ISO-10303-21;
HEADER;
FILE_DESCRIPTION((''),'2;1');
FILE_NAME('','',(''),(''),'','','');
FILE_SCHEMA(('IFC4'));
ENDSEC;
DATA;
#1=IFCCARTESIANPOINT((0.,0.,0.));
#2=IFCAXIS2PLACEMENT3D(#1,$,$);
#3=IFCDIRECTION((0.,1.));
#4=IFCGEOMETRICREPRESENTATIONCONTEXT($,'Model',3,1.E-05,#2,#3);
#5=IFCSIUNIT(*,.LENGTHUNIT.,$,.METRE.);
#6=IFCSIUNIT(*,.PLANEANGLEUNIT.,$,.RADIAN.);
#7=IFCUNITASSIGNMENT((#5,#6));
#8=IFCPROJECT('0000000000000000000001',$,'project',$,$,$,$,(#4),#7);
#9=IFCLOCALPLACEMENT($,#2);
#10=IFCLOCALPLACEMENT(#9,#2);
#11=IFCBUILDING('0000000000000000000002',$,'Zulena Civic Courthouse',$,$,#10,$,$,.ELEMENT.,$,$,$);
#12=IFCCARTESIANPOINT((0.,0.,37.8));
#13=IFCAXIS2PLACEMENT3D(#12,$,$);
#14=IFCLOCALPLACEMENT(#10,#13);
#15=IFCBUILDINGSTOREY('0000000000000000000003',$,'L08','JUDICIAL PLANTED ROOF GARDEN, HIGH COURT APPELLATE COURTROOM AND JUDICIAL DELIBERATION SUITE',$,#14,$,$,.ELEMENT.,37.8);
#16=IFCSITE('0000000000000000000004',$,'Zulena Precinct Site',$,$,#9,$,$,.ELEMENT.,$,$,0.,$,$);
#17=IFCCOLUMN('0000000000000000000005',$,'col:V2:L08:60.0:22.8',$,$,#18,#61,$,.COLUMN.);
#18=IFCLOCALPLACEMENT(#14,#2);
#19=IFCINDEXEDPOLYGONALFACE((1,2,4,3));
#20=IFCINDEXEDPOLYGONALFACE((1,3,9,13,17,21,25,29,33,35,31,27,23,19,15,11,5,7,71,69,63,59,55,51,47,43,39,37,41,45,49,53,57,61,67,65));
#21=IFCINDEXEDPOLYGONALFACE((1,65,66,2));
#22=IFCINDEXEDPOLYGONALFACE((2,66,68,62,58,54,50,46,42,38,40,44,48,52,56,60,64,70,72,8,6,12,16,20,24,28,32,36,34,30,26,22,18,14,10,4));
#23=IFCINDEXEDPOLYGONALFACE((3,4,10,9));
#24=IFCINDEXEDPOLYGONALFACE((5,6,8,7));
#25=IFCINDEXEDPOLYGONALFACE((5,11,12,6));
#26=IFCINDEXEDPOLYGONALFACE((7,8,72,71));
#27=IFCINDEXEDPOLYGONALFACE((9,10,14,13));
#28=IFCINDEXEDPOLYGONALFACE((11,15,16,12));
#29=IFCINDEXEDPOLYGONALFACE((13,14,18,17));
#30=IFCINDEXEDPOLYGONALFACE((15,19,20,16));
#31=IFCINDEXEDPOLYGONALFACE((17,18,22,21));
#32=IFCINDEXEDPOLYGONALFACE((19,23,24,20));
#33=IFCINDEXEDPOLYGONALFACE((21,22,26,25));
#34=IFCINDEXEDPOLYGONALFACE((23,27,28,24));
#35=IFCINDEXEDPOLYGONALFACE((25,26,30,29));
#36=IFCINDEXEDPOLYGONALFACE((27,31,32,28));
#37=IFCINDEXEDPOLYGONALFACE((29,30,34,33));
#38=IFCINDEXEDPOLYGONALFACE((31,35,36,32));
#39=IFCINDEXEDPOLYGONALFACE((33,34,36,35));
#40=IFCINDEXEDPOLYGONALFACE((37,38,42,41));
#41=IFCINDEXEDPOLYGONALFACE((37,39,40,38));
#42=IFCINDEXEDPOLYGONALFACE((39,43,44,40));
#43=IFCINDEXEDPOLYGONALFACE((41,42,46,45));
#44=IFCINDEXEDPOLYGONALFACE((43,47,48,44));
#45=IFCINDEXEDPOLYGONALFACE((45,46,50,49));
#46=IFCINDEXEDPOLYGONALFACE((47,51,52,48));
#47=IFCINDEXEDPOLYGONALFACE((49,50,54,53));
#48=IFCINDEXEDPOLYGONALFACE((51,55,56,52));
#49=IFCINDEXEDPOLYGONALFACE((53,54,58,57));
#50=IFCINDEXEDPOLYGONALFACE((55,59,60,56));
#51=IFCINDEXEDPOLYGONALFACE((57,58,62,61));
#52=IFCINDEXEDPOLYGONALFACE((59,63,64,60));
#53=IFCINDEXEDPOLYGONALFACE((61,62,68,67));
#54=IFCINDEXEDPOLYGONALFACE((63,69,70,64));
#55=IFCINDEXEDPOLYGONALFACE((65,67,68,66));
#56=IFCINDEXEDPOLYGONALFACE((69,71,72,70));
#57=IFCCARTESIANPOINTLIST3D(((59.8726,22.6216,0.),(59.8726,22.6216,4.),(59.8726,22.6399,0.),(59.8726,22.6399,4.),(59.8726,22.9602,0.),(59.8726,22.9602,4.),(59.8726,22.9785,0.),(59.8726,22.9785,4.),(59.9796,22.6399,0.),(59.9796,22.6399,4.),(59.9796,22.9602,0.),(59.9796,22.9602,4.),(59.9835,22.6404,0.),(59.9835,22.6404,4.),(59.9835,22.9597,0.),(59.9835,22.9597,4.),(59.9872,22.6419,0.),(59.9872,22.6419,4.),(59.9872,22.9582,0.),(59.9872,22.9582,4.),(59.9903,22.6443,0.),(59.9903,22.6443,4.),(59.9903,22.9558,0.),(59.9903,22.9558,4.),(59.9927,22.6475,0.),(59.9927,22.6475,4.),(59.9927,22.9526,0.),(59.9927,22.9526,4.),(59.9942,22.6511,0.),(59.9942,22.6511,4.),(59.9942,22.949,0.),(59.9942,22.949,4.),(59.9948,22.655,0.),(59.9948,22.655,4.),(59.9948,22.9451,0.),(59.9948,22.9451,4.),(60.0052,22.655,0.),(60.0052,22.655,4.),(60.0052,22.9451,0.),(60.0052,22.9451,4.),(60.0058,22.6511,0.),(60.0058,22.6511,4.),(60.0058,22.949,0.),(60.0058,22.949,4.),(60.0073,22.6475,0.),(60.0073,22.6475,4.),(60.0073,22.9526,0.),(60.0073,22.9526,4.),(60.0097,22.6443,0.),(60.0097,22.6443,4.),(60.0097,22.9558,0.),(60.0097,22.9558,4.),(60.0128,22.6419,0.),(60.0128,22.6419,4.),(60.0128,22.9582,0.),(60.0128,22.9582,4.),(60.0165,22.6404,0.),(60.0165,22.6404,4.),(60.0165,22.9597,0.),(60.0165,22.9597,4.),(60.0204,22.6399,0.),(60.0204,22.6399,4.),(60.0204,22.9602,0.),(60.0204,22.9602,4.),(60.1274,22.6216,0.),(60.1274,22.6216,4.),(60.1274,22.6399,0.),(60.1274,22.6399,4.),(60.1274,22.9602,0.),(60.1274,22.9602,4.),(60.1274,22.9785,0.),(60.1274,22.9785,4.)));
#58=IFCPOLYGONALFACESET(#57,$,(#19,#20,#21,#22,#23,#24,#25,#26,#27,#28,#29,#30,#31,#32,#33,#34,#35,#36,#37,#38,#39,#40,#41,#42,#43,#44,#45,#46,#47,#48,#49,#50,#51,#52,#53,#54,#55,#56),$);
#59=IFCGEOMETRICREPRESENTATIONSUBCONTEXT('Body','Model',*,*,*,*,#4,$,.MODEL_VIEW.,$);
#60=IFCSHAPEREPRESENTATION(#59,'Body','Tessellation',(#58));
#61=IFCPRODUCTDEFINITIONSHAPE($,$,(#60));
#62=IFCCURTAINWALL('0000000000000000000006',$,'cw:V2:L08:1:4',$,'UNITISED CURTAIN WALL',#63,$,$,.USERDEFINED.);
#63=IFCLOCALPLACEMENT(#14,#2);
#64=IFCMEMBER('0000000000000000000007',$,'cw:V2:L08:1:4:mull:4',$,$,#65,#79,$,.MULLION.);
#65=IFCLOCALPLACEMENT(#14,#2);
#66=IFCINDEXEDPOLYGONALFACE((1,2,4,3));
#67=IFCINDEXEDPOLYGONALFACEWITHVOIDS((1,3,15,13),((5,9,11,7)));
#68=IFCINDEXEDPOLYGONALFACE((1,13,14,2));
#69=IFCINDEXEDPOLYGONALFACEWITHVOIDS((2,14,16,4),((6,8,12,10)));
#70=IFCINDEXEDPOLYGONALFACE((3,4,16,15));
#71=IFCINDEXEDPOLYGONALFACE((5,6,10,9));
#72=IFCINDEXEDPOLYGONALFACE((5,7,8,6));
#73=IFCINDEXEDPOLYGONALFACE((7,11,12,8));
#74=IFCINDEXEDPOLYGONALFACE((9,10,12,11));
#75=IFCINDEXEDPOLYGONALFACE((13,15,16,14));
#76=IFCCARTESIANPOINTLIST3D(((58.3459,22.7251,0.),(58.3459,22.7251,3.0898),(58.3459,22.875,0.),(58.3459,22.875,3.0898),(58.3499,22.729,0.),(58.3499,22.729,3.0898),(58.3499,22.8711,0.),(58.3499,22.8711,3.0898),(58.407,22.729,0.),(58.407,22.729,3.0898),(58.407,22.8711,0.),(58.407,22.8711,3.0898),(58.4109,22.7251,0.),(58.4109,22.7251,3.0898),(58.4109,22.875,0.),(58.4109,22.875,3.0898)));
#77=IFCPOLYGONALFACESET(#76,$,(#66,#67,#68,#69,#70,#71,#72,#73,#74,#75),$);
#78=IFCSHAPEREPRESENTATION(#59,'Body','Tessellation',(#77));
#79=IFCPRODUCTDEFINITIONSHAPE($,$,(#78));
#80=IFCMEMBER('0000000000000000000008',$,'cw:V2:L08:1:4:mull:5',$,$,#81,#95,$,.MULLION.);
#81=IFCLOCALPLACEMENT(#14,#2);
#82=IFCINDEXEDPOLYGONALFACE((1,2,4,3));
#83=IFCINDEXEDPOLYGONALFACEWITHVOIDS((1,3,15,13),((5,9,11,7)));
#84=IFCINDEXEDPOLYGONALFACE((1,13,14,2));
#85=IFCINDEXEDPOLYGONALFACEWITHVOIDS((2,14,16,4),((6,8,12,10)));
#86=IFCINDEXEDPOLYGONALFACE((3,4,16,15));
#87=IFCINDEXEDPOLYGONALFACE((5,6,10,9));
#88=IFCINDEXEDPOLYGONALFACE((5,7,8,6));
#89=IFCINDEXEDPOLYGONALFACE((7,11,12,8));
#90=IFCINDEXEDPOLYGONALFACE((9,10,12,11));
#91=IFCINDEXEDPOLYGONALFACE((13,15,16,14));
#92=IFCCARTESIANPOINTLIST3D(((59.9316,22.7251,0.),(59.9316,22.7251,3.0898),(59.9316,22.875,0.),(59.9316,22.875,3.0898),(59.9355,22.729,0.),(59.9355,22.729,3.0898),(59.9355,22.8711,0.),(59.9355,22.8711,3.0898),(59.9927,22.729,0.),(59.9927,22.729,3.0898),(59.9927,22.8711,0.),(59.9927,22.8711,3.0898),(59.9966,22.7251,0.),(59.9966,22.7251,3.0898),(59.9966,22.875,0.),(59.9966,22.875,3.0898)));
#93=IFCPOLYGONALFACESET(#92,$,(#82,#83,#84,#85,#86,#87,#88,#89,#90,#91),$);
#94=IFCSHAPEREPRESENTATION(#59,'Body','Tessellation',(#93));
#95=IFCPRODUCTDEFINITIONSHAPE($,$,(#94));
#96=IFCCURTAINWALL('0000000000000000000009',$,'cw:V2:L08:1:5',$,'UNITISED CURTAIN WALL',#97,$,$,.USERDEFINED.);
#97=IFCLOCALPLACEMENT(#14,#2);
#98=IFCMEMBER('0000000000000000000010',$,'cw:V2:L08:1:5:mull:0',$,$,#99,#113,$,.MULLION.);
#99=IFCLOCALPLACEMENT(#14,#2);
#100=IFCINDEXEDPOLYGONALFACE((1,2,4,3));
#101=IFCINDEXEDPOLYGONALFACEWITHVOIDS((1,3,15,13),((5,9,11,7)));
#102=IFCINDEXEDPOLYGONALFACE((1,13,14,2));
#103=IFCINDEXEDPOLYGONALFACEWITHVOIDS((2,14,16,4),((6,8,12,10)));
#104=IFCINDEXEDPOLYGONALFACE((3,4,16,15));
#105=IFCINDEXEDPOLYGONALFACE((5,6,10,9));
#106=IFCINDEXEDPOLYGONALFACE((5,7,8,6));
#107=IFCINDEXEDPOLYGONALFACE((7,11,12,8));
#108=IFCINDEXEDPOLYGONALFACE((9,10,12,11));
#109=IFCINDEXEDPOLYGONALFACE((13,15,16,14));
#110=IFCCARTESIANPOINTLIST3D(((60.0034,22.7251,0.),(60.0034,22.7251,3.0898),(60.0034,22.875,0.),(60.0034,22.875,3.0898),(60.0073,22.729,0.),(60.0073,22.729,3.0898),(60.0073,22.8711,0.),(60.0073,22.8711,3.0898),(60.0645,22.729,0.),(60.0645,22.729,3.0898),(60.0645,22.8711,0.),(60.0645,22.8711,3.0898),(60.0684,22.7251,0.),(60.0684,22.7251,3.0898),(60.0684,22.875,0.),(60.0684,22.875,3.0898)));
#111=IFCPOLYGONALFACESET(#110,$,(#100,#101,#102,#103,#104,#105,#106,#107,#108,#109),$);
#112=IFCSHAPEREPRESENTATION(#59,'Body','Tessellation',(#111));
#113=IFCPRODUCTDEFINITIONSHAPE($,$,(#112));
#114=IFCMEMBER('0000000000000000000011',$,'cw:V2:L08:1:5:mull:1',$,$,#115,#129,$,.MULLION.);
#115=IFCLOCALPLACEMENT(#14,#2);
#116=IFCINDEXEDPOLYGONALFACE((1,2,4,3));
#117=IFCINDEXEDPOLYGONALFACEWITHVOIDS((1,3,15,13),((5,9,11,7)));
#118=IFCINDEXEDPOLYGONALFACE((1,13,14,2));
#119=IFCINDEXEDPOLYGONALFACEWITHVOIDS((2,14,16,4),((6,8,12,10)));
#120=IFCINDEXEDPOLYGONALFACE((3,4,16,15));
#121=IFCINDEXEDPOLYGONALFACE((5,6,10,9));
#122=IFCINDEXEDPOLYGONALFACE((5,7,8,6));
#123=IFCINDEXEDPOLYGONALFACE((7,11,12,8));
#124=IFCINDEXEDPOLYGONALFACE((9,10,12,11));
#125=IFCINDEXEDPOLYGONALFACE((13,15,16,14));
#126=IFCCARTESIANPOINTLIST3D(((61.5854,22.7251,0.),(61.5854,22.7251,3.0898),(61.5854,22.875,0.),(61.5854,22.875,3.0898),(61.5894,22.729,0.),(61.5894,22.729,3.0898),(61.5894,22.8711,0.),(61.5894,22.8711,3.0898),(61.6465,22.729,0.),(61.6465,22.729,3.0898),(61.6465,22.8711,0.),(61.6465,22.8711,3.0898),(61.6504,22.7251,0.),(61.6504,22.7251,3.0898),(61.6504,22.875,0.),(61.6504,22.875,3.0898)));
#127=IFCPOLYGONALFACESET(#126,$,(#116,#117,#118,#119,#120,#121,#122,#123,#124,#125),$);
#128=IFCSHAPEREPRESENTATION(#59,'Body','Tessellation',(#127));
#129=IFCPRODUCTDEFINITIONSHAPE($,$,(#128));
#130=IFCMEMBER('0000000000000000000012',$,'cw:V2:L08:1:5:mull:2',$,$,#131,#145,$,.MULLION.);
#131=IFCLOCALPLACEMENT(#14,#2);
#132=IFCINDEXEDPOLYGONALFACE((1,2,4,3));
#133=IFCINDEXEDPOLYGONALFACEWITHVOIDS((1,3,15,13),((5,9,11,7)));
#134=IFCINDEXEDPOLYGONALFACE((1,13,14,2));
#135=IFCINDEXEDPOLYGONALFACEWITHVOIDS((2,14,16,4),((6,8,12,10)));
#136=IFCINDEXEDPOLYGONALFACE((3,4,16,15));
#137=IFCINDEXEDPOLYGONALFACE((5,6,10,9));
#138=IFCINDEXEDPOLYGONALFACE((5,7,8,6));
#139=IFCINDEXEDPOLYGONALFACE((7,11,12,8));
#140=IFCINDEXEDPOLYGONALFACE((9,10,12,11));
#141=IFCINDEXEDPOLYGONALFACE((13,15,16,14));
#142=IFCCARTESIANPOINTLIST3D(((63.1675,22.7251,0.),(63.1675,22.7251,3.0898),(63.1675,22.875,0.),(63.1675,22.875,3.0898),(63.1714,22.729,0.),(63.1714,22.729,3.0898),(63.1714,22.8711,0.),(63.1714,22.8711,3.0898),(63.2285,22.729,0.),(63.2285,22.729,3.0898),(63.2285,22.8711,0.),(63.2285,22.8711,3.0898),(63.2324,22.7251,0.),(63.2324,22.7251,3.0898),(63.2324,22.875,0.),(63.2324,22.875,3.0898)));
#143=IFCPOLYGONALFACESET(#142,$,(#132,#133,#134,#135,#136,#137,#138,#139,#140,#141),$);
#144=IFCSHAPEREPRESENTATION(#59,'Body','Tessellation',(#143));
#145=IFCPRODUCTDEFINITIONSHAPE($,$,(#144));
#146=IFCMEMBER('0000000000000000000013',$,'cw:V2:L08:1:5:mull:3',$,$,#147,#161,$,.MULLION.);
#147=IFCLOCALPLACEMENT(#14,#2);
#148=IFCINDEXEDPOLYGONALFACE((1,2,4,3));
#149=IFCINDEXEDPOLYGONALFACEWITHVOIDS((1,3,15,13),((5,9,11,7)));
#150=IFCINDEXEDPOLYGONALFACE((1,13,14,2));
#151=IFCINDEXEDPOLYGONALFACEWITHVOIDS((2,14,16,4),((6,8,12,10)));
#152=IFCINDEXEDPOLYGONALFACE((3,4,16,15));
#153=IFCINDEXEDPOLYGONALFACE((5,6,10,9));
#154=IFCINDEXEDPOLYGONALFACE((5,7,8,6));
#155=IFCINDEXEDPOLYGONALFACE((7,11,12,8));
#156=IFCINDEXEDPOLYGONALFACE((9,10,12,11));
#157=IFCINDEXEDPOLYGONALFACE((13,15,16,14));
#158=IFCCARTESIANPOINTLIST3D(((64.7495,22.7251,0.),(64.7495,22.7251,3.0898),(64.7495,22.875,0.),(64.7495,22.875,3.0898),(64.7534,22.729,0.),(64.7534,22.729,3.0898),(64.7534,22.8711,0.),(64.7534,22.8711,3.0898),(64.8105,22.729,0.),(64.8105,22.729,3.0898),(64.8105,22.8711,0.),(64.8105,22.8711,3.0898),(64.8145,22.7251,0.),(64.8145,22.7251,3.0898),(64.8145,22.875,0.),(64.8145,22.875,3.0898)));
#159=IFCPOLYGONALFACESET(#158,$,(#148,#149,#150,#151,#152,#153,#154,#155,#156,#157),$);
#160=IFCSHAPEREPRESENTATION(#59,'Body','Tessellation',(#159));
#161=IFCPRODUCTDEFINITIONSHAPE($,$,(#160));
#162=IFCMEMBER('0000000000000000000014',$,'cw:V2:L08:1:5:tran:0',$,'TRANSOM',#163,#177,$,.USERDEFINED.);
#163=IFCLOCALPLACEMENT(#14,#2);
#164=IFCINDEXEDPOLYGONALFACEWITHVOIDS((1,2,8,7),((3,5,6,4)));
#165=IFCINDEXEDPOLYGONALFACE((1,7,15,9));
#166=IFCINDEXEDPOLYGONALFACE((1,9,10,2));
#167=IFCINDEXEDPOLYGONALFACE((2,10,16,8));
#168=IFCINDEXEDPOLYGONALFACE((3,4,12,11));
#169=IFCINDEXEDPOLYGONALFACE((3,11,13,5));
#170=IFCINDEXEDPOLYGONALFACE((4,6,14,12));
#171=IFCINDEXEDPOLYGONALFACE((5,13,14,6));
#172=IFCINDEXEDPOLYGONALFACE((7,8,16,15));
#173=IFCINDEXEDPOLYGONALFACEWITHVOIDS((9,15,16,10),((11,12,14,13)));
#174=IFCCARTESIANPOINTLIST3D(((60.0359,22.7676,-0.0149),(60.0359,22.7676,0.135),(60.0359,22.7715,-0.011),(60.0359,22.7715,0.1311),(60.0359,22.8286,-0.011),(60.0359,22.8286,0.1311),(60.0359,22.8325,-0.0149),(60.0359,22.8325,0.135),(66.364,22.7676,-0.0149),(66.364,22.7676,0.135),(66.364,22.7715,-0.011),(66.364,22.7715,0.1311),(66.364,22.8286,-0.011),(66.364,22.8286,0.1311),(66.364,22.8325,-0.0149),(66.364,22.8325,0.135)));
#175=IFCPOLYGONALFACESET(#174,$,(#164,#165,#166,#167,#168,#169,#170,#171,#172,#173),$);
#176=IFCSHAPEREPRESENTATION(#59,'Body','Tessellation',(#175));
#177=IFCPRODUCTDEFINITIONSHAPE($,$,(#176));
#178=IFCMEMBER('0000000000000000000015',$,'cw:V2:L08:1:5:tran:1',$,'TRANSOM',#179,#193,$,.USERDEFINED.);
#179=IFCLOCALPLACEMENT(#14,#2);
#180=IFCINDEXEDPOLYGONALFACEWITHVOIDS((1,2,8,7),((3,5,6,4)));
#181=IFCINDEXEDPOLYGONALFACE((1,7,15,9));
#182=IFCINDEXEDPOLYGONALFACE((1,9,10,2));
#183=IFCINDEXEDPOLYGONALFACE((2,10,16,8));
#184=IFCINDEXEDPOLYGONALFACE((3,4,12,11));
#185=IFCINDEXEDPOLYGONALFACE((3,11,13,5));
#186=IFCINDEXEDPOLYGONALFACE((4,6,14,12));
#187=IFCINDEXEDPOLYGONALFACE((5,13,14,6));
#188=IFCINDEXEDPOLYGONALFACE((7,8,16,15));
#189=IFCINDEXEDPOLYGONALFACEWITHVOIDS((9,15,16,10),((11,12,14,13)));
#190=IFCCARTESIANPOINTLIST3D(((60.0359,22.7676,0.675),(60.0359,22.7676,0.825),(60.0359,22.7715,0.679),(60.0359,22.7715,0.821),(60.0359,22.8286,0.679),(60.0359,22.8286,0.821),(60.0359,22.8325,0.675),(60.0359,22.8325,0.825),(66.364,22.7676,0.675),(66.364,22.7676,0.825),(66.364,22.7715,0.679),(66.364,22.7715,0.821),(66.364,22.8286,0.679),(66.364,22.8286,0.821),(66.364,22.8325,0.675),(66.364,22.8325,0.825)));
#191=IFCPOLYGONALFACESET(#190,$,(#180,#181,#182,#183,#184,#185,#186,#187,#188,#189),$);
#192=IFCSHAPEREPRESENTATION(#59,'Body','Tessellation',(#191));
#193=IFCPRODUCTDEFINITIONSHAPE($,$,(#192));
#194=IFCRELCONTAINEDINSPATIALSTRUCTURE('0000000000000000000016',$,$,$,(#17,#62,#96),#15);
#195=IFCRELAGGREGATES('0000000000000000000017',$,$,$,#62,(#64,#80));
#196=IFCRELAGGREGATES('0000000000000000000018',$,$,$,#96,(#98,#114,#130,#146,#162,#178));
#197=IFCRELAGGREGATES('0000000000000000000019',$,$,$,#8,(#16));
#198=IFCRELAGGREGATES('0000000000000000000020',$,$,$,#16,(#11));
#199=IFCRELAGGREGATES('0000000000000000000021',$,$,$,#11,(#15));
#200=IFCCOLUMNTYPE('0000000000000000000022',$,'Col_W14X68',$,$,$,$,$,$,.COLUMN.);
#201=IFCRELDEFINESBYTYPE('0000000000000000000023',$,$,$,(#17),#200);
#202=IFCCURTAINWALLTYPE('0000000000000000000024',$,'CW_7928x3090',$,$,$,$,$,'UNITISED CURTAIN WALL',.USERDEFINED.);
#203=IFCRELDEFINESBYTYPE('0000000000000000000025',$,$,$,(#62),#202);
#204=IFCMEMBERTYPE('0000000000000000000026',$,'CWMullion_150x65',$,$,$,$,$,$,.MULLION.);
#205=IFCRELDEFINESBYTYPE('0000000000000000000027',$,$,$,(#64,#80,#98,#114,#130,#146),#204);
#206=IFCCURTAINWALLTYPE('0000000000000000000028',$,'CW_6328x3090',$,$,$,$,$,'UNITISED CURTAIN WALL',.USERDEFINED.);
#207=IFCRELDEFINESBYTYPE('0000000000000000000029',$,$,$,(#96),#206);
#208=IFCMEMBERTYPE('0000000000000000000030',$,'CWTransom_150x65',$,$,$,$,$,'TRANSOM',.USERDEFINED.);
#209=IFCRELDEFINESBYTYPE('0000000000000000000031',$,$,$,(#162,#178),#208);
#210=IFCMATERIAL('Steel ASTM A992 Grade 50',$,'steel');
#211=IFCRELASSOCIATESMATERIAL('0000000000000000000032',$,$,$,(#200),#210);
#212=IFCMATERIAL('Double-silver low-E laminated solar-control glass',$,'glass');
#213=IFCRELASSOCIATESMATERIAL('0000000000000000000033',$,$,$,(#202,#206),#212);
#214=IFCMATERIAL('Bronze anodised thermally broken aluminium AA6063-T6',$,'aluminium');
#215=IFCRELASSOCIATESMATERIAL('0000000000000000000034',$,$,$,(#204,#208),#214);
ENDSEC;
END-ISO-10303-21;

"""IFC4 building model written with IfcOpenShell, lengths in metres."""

from ifc_helpers import new_model, si_unit, direction, frame, origin, origin_2d, place, context, subcontext, project, spatial, hollow_rectangle, i_section, extrude, material, material_profile, profile_set, type_object, element, aggregate, save


model = new_model("IFC4")

# Units and contexts
model_context = context("Model", 3, precision=1e-05, world=origin(), true_north=direction((0.0, 1.0)))
body_context = subcontext(model_context, "Body", "Model", "MODEL_VIEW")
ifc_project = project(units=[si_unit("LENGTHUNIT", "METRE"), si_unit("PLANEANGLEUNIT", "RADIAN")], contexts=[model_context])

# Site, building, storey
site_placement = place(None, origin())
site = spatial("IfcSite", under=ifc_project, at=site_placement, Name="Zulena Precinct Site", CompositionType="ELEMENT", RefElevation=0.0)
building_placement = place(site_placement, origin())
building = spatial("IfcBuilding", under=site, at=building_placement, Name="Zulena Civic Courthouse", CompositionType="ELEMENT")
storey_placement = place(building_placement, frame((0.0, 0.0, 37.8)))
storey = spatial("IfcBuildingStorey", under=building, at=storey_placement, Name="L08", Description="JUDICIAL PLANTED ROOF GARDEN, HIGH COURT APPELLATE COURTROOM AND JUDICIAL DELIBERATION SUITE", CompositionType="ELEMENT", Elevation=37.8)

# Column
ifc_material_1 = material(Name="Steel ASTM A992 Grade 50", Category="steel")
ifc_material_profile_1 = material_profile(ifc_material_1, i_section(OverallWidth=0.2549, OverallDepth=0.3569, WebThickness=0.0105, FlangeThickness=0.0183, FilletRadius=0.0151, at=origin_2d()), Name="W14X68")
ifc_profile_set_1 = profile_set([ifc_material_profile_1], Name="Steel ASTM A992 Grade 50")
column_type = type_object("IfcColumnType", Name="Col_W14X68", PredefinedType="COLUMN", material=ifc_profile_set_1)
column_placement = place(storey_placement, frame((60.0, 22.8, 0.0), z_axis=(0.0, 0.0, 1.0), x_axis=(1.0, 0.0, 0.0)))
element("IfcColumn", 1, at=column_placement, inside=storey, type_object=column_type, Name="col:V2:L08:60.0:22.8", PredefinedType="COLUMN", context=body_context, shape_type="SweptSolid", body=[
    extrude(i_section(OverallWidth=0.2549, OverallDepth=0.3569, WebThickness=0.0105, FlangeThickness=0.0183, FilletRadius=0.0151, at=origin_2d()), origin(), (0.0, 0.0, 1.0), 4.0),
])

# Curtain walls, members
ifc_material_2 = material(Name="Double-silver low-E laminated solar-control glass", Category="glass")
curtain_wall_type_1 = type_object("IfcCurtainWallType", Name="CW_7928x3090", ElementType="UNITISED CURTAIN WALL", PredefinedType="USERDEFINED", material=ifc_material_2)
curtain_wall_1_placement = place(storey_placement, origin())
curtain_wall_1 = element("IfcCurtainWall", 2, at=curtain_wall_1_placement, inside=storey, type_object=curtain_wall_type_1, Name="cw:V2:L08:1:4", ObjectType="UNITISED CURTAIN WALL", PredefinedType="USERDEFINED")
ifc_material_3 = material(Name="Bronze anodised thermally broken aluminium AA6063-T6", Category="aluminium")
ifc_material_profile_2 = material_profile(ifc_material_3, hollow_rectangle(XDim=0.0649, YDim=0.1499, WallThickness=0.0039, at=origin_2d()), Name="CWM150X65X4")
ifc_profile_set_2 = profile_set([ifc_material_profile_2], Name="Bronze anodised thermally broken aluminium AA6063-T6")
member_type_1 = type_object("IfcMemberType", Name="CWMullion_150x65", PredefinedType="MULLION", material=ifc_profile_set_2)
member_1_placement = place(storey_placement, frame((58.3784, 22.8, 0.0), z_axis=(0.0, 0.0, 1.0), x_axis=(1.0, 0.0, 0.0)))
member_1 = element("IfcMember", 3, at=member_1_placement, type_object=member_type_1, Name="cw:V2:L08:1:4:mull:4", PredefinedType="MULLION", context=body_context, shape_type="SweptSolid", body=[
    extrude(hollow_rectangle(XDim=0.0649, YDim=0.1499, WallThickness=0.0039, at=origin_2d()), origin(), (0.0, 0.0, 1.0), 3.0898),
])
member_2_placement = place(storey_placement, frame((59.9641, 22.8, 0.0), z_axis=(0.0, 0.0, 1.0), x_axis=(1.0, 0.0, 0.0)))
member_2 = element("IfcMember", 4, at=member_2_placement, type_object=member_type_1, Name="cw:V2:L08:1:4:mull:5", PredefinedType="MULLION", context=body_context, shape_type="SweptSolid", body=[
    extrude(hollow_rectangle(XDim=0.0649, YDim=0.1499, WallThickness=0.0039, at=origin_2d()), origin(), (0.0, 0.0, 1.0), 3.0898),
])
curtain_wall_type_2 = type_object("IfcCurtainWallType", Name="CW_6328x3090", ElementType="UNITISED CURTAIN WALL", PredefinedType="USERDEFINED", material=ifc_material_2)
curtain_wall_2_placement = place(storey_placement, origin())
curtain_wall_2 = element("IfcCurtainWall", 5, at=curtain_wall_2_placement, inside=storey, type_object=curtain_wall_type_2, Name="cw:V2:L08:1:5", ObjectType="UNITISED CURTAIN WALL", PredefinedType="USERDEFINED")
member_3_placement = place(storey_placement, frame((60.0359, 22.8, 0.0), z_axis=(0.0, 0.0, 1.0), x_axis=(1.0, 0.0, 0.0)))
member_3 = element("IfcMember", 6, at=member_3_placement, type_object=member_type_1, Name="cw:V2:L08:1:5:mull:0", PredefinedType="MULLION", context=body_context, shape_type="SweptSolid", body=[
    extrude(hollow_rectangle(XDim=0.0649, YDim=0.1499, WallThickness=0.0039, at=origin_2d()), origin(), (0.0, 0.0, 1.0), 3.0898),
])
member_4_placement = place(storey_placement, frame((61.6179, 22.8, 0.0), z_axis=(0.0, 0.0, 1.0), x_axis=(1.0, 0.0, 0.0)))
member_4 = element("IfcMember", 7, at=member_4_placement, type_object=member_type_1, Name="cw:V2:L08:1:5:mull:1", PredefinedType="MULLION", context=body_context, shape_type="SweptSolid", body=[
    extrude(hollow_rectangle(XDim=0.0649, YDim=0.1499, WallThickness=0.0039, at=origin_2d()), origin(), (0.0, 0.0, 1.0), 3.0898),
])
member_5_placement = place(storey_placement, frame((63.2, 22.8, 0.0), z_axis=(0.0, 0.0, 1.0), x_axis=(1.0, 0.0, 0.0)))
member_5 = element("IfcMember", 8, at=member_5_placement, type_object=member_type_1, Name="cw:V2:L08:1:5:mull:2", PredefinedType="MULLION", context=body_context, shape_type="SweptSolid", body=[
    extrude(hollow_rectangle(XDim=0.0649, YDim=0.1499, WallThickness=0.0039, at=origin_2d()), origin(), (0.0, 0.0, 1.0), 3.0898),
])
member_6_placement = place(storey_placement, frame((64.782, 22.8, 0.0), z_axis=(0.0, 0.0, 1.0), x_axis=(1.0, 0.0, 0.0)))
member_6 = element("IfcMember", 9, at=member_6_placement, type_object=member_type_1, Name="cw:V2:L08:1:5:mull:3", PredefinedType="MULLION", context=body_context, shape_type="SweptSolid", body=[
    extrude(hollow_rectangle(XDim=0.0649, YDim=0.1499, WallThickness=0.0039, at=origin_2d()), origin(), (0.0, 0.0, 1.0), 3.0898),
])
ifc_material_profile_3 = material_profile(ifc_material_3, hollow_rectangle(XDim=0.0649, YDim=0.1499, WallThickness=0.0039, at=origin_2d()), Name="CWT150X65X4")
ifc_profile_set_3 = profile_set([ifc_material_profile_3], Name="Bronze anodised thermally broken aluminium AA6063-T6")
member_type_2 = type_object("IfcMemberType", Name="CWTransom_150x65", ElementType="TRANSOM", PredefinedType="USERDEFINED", material=ifc_profile_set_3)
member_7_placement = place(storey_placement, frame((60.0359, 22.8, 0.0601), z_axis=(1.0, 0.0, 0.0), x_axis=(0.0, 1.0, 0.0)))
member_7 = element("IfcMember", 10, at=member_7_placement, type_object=member_type_2, Name="cw:V2:L08:1:5:tran:0", ObjectType="TRANSOM", PredefinedType="USERDEFINED", context=body_context, shape_type="SweptSolid", body=[
    extrude(hollow_rectangle(XDim=0.0649, YDim=0.1499, WallThickness=0.0039, at=origin_2d()), origin(), (0.0, 0.0, 1.0), 6.3281),
])
member_8_placement = place(storey_placement, frame((60.0359, 22.8, 0.75), z_axis=(1.0, 0.0, 0.0), x_axis=(0.0, 1.0, 0.0)))
member_8 = element("IfcMember", 11, at=member_8_placement, type_object=member_type_2, Name="cw:V2:L08:1:5:tran:1", ObjectType="TRANSOM", PredefinedType="USERDEFINED", context=body_context, shape_type="SweptSolid", body=[
    extrude(hollow_rectangle(XDim=0.0649, YDim=0.1499, WallThickness=0.0039, at=origin_2d()), origin(), (0.0, 0.0, 1.0), 6.3281),
])

aggregate(curtain_wall_1, [member_1, member_2])
aggregate(curtain_wall_2, [member_3, member_4, member_5, member_6, member_7, member_8])

save(model, "model.ifc")
